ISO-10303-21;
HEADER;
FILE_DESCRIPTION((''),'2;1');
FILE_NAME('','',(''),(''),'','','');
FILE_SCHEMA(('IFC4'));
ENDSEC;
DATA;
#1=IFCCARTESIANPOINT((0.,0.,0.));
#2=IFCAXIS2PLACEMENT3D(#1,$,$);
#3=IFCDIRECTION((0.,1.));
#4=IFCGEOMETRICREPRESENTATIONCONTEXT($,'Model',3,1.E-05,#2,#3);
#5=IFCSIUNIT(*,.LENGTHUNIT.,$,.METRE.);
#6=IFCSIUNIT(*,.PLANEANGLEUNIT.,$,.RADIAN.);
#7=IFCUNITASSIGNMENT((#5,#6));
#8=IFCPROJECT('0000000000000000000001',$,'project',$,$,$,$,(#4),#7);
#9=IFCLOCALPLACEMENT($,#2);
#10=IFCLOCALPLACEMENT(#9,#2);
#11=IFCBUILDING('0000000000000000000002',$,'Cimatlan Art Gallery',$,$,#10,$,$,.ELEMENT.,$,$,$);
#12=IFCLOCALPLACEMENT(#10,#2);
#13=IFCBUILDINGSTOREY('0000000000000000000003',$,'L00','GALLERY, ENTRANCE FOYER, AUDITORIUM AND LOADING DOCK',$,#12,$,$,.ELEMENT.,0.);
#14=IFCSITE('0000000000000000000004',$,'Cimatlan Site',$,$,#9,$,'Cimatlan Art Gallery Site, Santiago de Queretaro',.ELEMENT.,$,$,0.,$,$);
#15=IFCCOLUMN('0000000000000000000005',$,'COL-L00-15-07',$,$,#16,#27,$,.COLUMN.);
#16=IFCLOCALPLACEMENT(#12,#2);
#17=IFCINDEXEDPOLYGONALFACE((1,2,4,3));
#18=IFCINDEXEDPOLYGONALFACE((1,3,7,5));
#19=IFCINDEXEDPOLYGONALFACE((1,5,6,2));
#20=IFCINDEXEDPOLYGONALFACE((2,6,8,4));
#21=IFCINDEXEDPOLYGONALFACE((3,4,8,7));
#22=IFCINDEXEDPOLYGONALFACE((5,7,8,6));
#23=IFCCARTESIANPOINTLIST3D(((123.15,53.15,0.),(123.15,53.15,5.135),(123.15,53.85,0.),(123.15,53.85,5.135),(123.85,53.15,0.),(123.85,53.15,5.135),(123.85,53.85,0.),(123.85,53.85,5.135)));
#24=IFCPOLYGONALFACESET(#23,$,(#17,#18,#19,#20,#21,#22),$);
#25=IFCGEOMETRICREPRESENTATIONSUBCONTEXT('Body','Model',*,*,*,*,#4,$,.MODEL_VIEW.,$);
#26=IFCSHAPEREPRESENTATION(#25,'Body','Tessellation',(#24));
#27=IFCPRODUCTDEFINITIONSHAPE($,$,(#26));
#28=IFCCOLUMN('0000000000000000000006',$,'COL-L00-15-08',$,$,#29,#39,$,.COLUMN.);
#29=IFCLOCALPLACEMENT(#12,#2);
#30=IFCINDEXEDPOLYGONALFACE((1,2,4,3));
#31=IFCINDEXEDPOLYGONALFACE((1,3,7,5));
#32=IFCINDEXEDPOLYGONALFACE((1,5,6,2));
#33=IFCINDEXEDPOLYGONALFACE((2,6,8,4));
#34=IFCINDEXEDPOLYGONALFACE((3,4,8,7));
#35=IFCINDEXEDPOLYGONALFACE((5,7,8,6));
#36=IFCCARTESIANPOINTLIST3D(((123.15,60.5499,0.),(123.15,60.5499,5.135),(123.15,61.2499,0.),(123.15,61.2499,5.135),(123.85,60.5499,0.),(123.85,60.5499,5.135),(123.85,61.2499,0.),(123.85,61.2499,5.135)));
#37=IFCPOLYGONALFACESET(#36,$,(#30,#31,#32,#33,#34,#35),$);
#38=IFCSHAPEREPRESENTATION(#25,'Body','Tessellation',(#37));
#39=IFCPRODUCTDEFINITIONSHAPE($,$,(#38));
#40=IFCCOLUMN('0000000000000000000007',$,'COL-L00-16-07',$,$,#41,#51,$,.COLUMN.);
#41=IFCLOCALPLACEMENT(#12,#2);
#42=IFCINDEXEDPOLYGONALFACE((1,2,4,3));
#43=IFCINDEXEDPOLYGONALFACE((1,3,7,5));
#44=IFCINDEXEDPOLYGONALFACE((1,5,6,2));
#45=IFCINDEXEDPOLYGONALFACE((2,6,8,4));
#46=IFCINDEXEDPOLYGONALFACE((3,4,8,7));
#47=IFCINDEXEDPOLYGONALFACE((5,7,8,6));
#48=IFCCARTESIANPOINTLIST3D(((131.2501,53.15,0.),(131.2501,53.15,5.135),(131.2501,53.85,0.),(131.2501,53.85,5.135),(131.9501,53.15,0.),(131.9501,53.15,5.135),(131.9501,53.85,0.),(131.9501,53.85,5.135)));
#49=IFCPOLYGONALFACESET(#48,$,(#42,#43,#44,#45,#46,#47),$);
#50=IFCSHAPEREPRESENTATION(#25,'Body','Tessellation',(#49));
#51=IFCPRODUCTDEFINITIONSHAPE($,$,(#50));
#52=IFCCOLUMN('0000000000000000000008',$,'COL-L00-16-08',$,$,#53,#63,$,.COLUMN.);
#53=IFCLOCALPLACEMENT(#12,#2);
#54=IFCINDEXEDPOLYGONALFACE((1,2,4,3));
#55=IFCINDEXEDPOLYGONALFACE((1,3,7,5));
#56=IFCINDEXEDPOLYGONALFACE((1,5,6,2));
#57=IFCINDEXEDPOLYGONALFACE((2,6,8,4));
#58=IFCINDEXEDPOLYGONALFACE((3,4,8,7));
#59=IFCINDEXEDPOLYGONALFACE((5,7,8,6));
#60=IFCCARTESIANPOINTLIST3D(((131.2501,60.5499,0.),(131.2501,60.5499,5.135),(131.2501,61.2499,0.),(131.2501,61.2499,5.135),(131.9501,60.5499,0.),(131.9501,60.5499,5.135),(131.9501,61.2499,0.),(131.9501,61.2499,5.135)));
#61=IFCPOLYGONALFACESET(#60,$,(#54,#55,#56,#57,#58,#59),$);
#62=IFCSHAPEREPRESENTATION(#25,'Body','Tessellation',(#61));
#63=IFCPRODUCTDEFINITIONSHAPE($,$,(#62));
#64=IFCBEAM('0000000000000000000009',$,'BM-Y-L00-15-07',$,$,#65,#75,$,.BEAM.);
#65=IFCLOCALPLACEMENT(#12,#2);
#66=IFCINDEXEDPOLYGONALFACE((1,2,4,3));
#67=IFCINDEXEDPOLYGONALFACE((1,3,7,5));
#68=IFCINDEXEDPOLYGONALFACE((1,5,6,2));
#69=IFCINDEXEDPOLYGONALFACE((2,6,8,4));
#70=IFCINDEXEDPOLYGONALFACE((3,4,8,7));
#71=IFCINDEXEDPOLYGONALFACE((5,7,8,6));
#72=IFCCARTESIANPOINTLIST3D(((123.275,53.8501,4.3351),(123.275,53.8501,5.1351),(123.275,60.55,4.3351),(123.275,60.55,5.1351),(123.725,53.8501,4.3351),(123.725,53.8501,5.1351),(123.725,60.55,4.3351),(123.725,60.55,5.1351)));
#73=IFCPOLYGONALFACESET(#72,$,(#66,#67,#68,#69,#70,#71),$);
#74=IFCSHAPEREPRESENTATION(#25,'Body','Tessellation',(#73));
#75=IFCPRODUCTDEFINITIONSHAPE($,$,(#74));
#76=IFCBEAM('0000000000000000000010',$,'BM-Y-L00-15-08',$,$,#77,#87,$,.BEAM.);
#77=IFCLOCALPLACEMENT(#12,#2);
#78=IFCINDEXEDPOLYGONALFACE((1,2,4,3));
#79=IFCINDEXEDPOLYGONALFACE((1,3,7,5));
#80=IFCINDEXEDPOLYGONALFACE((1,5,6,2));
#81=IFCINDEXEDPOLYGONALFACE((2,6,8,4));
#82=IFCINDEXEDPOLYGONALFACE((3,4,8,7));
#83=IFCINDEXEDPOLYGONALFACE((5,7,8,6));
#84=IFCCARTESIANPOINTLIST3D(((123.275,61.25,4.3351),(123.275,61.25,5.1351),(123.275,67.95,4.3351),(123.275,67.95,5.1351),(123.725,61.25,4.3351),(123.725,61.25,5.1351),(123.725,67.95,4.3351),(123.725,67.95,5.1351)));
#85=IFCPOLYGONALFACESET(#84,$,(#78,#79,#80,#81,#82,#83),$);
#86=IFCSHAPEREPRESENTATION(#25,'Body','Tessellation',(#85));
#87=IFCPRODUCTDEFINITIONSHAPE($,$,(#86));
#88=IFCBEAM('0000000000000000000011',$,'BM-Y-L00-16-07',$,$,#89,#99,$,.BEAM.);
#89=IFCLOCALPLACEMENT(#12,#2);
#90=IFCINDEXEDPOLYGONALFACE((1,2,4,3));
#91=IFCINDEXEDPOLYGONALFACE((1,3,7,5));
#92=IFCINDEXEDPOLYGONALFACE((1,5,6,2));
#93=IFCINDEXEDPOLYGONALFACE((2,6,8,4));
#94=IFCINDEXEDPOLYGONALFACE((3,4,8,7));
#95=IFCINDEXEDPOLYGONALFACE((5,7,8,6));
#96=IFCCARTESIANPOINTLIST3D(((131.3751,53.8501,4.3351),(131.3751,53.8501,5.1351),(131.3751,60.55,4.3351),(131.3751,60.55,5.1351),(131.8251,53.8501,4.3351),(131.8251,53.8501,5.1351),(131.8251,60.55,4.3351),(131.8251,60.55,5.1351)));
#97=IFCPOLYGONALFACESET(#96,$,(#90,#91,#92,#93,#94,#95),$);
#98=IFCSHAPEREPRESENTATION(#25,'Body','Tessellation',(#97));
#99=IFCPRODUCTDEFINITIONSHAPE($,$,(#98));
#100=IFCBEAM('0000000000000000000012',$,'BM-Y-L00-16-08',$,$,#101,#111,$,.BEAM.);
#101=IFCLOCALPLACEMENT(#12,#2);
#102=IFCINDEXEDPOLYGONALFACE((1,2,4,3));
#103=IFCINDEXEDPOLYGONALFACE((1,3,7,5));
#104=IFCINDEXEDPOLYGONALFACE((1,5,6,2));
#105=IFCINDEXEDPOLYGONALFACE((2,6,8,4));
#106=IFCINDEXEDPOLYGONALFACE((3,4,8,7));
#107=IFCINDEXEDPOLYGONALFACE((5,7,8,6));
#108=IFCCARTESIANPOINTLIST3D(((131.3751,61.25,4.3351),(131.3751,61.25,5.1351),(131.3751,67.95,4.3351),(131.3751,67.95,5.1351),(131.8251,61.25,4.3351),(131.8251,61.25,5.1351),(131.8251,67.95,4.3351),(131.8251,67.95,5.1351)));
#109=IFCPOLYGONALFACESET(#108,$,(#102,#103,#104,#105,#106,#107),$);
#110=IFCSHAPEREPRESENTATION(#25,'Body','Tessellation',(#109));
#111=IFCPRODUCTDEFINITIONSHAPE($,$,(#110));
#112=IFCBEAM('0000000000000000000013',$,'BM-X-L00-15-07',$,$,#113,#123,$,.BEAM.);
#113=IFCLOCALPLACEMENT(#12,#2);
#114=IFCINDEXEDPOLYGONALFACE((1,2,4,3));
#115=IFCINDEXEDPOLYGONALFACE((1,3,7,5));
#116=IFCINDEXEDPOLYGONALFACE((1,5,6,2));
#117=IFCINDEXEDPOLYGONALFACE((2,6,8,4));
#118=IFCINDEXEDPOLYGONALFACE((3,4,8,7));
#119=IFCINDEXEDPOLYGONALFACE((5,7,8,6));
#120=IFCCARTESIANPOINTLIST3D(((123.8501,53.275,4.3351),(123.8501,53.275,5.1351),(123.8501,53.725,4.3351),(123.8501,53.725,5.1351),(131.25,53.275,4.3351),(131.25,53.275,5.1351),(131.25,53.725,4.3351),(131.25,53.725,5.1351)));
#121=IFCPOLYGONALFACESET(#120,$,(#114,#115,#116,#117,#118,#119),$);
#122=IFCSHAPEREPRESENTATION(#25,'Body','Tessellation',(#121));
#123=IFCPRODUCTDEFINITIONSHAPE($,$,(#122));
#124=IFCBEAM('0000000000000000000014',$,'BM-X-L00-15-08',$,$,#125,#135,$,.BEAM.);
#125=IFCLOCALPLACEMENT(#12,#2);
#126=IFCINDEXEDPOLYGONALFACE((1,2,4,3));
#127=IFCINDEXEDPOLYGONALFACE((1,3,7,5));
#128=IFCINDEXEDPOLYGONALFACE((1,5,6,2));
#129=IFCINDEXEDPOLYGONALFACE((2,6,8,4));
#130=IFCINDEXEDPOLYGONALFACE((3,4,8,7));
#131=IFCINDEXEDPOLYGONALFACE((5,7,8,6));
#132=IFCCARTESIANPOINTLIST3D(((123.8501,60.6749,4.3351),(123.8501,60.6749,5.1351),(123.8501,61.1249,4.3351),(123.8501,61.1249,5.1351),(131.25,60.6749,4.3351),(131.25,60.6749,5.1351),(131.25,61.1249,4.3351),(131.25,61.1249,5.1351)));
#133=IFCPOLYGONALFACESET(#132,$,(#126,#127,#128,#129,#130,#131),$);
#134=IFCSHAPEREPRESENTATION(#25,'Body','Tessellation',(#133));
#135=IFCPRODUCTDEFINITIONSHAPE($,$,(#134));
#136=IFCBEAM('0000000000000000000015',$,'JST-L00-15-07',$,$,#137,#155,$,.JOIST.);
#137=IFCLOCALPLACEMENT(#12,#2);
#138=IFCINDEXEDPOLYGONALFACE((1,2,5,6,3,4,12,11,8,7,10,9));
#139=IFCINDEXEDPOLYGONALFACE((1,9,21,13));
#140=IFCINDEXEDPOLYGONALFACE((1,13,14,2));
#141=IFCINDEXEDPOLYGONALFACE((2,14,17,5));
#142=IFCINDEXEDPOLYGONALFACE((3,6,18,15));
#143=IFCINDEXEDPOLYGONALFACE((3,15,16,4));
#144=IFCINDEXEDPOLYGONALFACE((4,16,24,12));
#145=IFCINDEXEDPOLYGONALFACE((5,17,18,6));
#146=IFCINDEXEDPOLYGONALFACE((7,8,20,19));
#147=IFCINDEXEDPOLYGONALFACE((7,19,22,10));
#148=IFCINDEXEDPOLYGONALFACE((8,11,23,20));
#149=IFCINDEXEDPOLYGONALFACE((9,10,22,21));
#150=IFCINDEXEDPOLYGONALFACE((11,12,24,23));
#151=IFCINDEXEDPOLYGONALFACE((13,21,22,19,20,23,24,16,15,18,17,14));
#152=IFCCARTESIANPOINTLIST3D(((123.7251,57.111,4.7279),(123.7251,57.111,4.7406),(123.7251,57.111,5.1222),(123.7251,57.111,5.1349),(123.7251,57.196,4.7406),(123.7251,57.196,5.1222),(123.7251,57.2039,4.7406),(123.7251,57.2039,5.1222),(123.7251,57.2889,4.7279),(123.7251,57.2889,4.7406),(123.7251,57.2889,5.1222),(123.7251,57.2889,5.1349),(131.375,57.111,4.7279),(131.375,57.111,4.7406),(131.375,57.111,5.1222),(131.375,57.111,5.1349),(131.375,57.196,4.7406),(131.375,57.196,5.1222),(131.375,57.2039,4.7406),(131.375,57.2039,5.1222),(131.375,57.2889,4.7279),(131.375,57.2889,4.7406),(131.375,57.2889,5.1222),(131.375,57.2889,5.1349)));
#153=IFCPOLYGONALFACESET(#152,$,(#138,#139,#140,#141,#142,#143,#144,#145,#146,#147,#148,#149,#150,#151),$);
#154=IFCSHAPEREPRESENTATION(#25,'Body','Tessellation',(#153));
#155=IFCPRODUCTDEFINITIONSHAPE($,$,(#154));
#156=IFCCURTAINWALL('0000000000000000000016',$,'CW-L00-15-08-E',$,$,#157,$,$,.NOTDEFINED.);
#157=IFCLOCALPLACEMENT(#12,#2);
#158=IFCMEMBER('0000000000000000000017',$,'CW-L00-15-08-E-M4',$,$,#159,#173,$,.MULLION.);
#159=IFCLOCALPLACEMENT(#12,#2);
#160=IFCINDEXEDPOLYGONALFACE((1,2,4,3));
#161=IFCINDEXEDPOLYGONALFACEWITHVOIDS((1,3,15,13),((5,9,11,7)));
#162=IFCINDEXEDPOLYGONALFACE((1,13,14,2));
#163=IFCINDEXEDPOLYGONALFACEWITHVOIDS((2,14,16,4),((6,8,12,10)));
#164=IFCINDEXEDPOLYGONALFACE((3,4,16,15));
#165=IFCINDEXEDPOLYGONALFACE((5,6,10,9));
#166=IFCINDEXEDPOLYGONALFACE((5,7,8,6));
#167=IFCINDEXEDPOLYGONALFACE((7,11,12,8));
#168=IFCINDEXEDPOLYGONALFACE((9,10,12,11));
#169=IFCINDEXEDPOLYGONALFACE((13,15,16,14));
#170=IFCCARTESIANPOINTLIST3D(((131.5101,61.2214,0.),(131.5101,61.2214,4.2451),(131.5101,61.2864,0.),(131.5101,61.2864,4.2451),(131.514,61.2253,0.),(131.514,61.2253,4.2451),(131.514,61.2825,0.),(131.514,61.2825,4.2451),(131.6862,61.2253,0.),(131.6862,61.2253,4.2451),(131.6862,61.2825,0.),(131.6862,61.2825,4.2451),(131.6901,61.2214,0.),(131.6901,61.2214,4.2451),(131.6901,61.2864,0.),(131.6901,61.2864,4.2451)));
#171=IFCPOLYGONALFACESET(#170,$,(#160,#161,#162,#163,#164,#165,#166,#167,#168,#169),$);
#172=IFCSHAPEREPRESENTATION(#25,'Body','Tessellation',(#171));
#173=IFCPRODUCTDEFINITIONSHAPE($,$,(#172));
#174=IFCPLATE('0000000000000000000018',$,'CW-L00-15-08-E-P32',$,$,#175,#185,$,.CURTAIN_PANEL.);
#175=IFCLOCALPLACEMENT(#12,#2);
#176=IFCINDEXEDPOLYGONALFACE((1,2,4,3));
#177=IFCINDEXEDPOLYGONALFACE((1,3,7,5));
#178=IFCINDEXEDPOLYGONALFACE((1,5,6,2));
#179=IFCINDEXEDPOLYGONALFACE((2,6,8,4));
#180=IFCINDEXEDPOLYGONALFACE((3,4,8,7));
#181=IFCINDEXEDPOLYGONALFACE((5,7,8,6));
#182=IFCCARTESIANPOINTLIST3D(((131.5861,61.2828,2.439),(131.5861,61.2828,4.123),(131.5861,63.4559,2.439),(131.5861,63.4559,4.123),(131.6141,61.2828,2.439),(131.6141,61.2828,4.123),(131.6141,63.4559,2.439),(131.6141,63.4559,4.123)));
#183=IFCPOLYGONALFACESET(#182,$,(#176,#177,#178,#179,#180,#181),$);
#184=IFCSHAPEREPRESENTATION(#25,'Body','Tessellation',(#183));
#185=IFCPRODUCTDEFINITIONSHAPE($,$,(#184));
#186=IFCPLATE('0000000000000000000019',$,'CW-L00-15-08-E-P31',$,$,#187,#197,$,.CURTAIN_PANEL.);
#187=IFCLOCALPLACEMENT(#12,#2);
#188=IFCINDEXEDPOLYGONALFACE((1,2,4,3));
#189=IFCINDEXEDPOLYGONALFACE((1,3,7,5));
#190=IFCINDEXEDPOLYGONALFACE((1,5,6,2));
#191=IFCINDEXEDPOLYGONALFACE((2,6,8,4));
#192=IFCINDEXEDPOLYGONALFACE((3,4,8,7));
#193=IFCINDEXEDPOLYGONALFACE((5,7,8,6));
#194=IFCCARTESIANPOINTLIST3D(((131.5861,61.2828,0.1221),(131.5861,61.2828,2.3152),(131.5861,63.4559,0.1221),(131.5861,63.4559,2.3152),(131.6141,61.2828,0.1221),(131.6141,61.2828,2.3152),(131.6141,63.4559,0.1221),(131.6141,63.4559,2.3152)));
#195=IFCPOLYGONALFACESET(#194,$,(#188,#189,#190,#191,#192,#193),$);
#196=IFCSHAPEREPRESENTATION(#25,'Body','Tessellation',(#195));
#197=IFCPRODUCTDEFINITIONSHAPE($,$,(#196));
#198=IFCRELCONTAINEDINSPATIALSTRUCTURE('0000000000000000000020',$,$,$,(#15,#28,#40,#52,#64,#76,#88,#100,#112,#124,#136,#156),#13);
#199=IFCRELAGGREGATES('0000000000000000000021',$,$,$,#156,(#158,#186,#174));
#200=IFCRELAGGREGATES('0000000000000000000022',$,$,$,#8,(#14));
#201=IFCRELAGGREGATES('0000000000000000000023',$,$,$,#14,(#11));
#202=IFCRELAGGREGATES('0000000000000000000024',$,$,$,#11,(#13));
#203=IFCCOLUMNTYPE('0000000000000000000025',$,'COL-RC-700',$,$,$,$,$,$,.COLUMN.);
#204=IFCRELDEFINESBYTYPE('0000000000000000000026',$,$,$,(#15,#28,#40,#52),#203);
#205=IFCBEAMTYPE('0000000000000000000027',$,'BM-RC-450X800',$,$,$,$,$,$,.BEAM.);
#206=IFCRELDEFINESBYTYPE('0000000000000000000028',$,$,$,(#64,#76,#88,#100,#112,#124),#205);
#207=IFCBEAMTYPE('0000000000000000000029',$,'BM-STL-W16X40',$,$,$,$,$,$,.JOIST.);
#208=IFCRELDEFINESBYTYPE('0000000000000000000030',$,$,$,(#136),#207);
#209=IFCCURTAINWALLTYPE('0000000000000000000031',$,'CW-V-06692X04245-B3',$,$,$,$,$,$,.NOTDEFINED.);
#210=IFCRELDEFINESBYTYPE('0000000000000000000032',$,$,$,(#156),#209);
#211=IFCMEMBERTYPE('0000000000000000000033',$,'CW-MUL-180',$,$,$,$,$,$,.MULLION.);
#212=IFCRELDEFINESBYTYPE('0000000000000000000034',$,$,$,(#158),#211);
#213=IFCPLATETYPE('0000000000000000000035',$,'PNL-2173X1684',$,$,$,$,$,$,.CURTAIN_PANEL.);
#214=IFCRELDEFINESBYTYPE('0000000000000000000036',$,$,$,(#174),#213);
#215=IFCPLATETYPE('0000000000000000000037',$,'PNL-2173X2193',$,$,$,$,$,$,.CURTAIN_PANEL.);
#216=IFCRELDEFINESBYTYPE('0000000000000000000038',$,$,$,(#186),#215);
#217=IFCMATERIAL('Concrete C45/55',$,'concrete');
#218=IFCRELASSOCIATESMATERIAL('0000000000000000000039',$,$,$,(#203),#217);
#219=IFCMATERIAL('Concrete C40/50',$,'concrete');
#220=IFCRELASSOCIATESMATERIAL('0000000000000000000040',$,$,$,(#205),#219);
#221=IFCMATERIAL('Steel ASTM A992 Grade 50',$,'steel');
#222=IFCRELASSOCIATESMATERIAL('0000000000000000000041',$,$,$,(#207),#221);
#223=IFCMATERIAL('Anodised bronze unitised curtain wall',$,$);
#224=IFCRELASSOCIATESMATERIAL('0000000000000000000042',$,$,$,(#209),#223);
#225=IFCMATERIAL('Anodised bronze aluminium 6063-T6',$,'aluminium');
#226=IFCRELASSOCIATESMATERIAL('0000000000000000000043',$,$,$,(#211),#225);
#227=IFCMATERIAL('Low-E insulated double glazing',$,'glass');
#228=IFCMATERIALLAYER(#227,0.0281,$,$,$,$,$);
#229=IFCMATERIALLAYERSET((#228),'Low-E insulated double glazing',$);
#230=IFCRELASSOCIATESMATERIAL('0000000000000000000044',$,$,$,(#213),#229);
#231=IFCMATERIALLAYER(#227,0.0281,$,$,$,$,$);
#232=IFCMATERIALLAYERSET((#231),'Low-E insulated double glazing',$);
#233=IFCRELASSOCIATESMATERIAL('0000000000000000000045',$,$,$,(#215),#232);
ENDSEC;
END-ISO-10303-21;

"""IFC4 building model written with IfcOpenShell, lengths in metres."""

from ifc_helpers import new_model, si_unit, direction, frame, origin, origin_2d, place, context, subcontext, project, spatial, rectangle, hollow_rectangle, i_section, extrude, material, layer, layer_set, material_profile, profile_set, type_object, element, aggregate, save


model = new_model("IFC4")

# Units and contexts
model_context = context("Model", 3, precision=1e-05, world=origin(), true_north=direction((0.0, 1.0)))
body_context = subcontext(model_context, "Body", "Model", "MODEL_VIEW")
ifc_project = project(units=[si_unit("LENGTHUNIT", "METRE"), si_unit("PLANEANGLEUNIT", "RADIAN")], contexts=[model_context])

# Site, building, storey
site_placement = place(None, origin())
site = spatial("IfcSite", under=ifc_project, at=site_placement, Name="Cimatlan Site", LongName="Cimatlan Art Gallery Site, Santiago de Queretaro", CompositionType="ELEMENT", RefElevation=0.0)
building_placement = place(site_placement, origin())
building = spatial("IfcBuilding", under=site, at=building_placement, Name="Cimatlan Art Gallery", CompositionType="ELEMENT")
storey_placement = place(building_placement, origin())
storey = spatial("IfcBuildingStorey", under=building, at=storey_placement, Name="L00", Description="GALLERY, ENTRANCE FOYER, AUDITORIUM AND LOADING DOCK", CompositionType="ELEMENT", Elevation=0.0)

# Columns
ifc_material_1 = material(Name="Concrete C45/55", Category="concrete")
ifc_material_profile_1 = material_profile(ifc_material_1, rectangle(XDim=0.7, YDim=0.7, at=origin_2d()), Name="RC700X700")
ifc_profile_set_1 = profile_set([ifc_material_profile_1], Name="Concrete C45/55")
column_type = type_object("IfcColumnType", Name="COL-RC-700", PredefinedType="COLUMN", material=ifc_profile_set_1)
for number, where, z_axis, x_axis, name in (
    (1, (123.5, 53.5, 0.0), (0.0, 0.0, 1.0), (1.0, 0.0, 0.0), "COL-L00-15-07"),
    (2, (123.5, 60.8999, 0.0), (0.0, 0.0, 1.0), (1.0, 0.0, 0.0), "COL-L00-15-08"),
    (3, (131.6001, 53.5, 0.0), (0.0, 0.0, 1.0), (1.0, 0.0, 0.0), "COL-L00-16-07"),
    (4, (131.6001, 60.8999, 0.0), (0.0, 0.0, 1.0), (1.0, 0.0, 0.0), "COL-L00-16-08"),
):
    element("IfcColumn", number, at=place(storey_placement, frame(where, z_axis=z_axis, x_axis=x_axis)), inside=storey, type_object=column_type, Name=name, PredefinedType="COLUMN", context=body_context, shape_type="SweptSolid", body=[
        extrude(rectangle(XDim=0.7, YDim=0.7, at=origin_2d()), origin(), (0.0, 0.0, 1.0), 5.135),
    ])

# Beams
ifc_material_2 = material(Name="Concrete C40/50", Category="concrete")
ifc_material_profile_2 = material_profile(ifc_material_2, rectangle(XDim=0.45, YDim=0.8, at=origin_2d()), Name="RC450X800")
ifc_profile_set_2 = profile_set([ifc_material_profile_2], Name="Concrete C40/50")
beam_type_1 = type_object("IfcBeamType", Name="BM-RC-450X800", PredefinedType="BEAM", material=ifc_profile_set_2)
for number, where, z_axis, x_axis, name in (
    (5, (123.5, 53.8501, 4.7351), (0.0, 1.0, 0.0), (-1.0, 0.0, 0.0), "BM-Y-L00-15-07"),
    (6, (123.5, 61.25, 4.7351), (0.0, 1.0, 0.0), (-1.0, 0.0, 0.0), "BM-Y-L00-15-08"),
    (7, (131.6001, 53.8501, 4.7351), (0.0, 1.0, 0.0), (-1.0, 0.0, 0.0), "BM-Y-L00-16-07"),
    (8, (131.6001, 61.25, 4.7351), (0.0, 1.0, 0.0), (-1.0, 0.0, 0.0), "BM-Y-L00-16-08"),
):
    element("IfcBeam", number, at=place(storey_placement, frame(where, z_axis=z_axis, x_axis=x_axis)), inside=storey, type_object=beam_type_1, Name=name, PredefinedType="BEAM", context=body_context, shape_type="SweptSolid", body=[
        extrude(rectangle(XDim=0.45, YDim=0.8, at=origin_2d()), origin(), (0.0, 0.0, 1.0), 6.7),
    ])
for number, where, z_axis, x_axis, name in (
    (9, (123.8501, 53.5, 4.7351), (1.0, 0.0, 0.0), (0.0, 1.0, 0.0), "BM-X-L00-15-07"),
    (10, (123.8501, 60.8999, 4.7351), (1.0, 0.0, 0.0), (0.0, 1.0, 0.0), "BM-X-L00-15-08"),
):
    element("IfcBeam", number, at=place(storey_placement, frame(where, z_axis=z_axis, x_axis=x_axis)), inside=storey, type_object=beam_type_1, Name=name, PredefinedType="BEAM", context=body_context, shape_type="SweptSolid", body=[
        extrude(rectangle(XDim=0.45, YDim=0.8, at=origin_2d()), origin(), (0.0, 0.0, 1.0), 7.3999),
    ])
ifc_material_3 = material(Name="Steel ASTM A992 Grade 50", Category="steel")
ifc_material_profile_3 = material_profile(ifc_material_3, i_section(OverallWidth=0.178, OverallDepth=0.407, WebThickness=0.0078, FlangeThickness=0.0127, at=origin_2d()), Name="W16X40")
ifc_profile_set_3 = profile_set([ifc_material_profile_3], Name="Steel ASTM A992 Grade 50")
beam_type_2 = type_object("IfcBeamType", Name="BM-STL-W16X40", PredefinedType="JOIST", material=ifc_profile_set_3)
beam_placement = place(storey_placement, frame((123.7251, 57.2, 4.9314), z_axis=(1.0, 0.0, 0.0), x_axis=(0.0, 1.0, 0.0)))
element("IfcBeam", 11, at=beam_placement, inside=storey, type_object=beam_type_2, Name="JST-L00-15-07", PredefinedType="JOIST", context=body_context, shape_type="SweptSolid", body=[
    extrude(i_section(OverallWidth=0.178, OverallDepth=0.407, WebThickness=0.0078, FlangeThickness=0.0127, at=origin_2d()), origin(), (0.0, 0.0, 1.0), 7.6499),
])

# Curtain wall, member, plates
ifc_material_4 = material(Name="Anodised bronze unitised curtain wall")
curtain_wall_type = type_object("IfcCurtainWallType", Name="CW-V-06692X04245-B3", PredefinedType="NOTDEFINED", material=ifc_material_4)
curtain_wall_placement = place(storey_placement, origin())
curtain_wall = element("IfcCurtainWall", 12, at=curtain_wall_placement, inside=storey, type_object=curtain_wall_type, Name="CW-L00-15-08-E", PredefinedType="NOTDEFINED")
ifc_material_5 = material(Name="Anodised bronze aluminium 6063-T6", Category="aluminium")
ifc_material_profile_4 = material_profile(ifc_material_5, hollow_rectangle(XDim=0.0649, YDim=0.1799, WallThickness=0.0039, at=origin_2d()), Name="ALU65X180X4")
ifc_profile_set_4 = profile_set([ifc_material_profile_4], Name="Anodised bronze aluminium 6063-T6")
member_type = type_object("IfcMemberType", Name="CW-MUL-180", PredefinedType="MULLION", material=ifc_profile_set_4)
member_placement = place(storey_placement, frame((131.6001, 61.2539, 0.0), z_axis=(0.0, 0.0, 1.0), x_axis=(0.0, 1.0, 0.0)))
member = element("IfcMember", 13, at=member_placement, type_object=member_type, Name="CW-L00-15-08-E-M4", PredefinedType="MULLION", context=body_context, shape_type="SweptSolid", body=[
    extrude(hollow_rectangle(XDim=0.0649, YDim=0.1799, WallThickness=0.0039, at=origin_2d()), origin(), (0.0, 0.0, 1.0), 4.2451),
])
ifc_material_6 = material(Name="Low-E insulated double glazing", Category="glass")
ifc_layer_1 = layer(ifc_material_6, 0.0281)
ifc_layer_set_1 = layer_set([ifc_layer_1], Name="Low-E insulated double glazing")
plate_type_1 = type_object("IfcPlateType", Name="PNL-2173X1684", PredefinedType="CURTAIN_PANEL", material=ifc_layer_set_1)
plate_1_placement = place(storey_placement, frame((131.6001, 62.3694, 2.439), z_axis=(0.0, 0.0, 1.0), x_axis=(0.0, -1.0, 0.0)))
plate_1 = element("IfcPlate", 14, at=plate_1_placement, type_object=plate_type_1, Name="CW-L00-15-08-E-P32", PredefinedType="CURTAIN_PANEL", context=body_context, shape_type="SweptSolid", body=[
    extrude(rectangle(XDim=2.1731, YDim=0.0281, at=origin_2d()), origin(), (0.0, 0.0, 1.0), 1.6841),
])
ifc_layer_2 = layer(ifc_material_6, 0.0281)
ifc_layer_set_2 = layer_set([ifc_layer_2], Name="Low-E insulated double glazing")
plate_type_2 = type_object("IfcPlateType", Name="PNL-2173X2193", PredefinedType="CURTAIN_PANEL", material=ifc_layer_set_2)
plate_2_placement = place(storey_placement, frame((131.6001, 62.3694, 0.1221), z_axis=(0.0, 0.0, 1.0), x_axis=(0.0, -1.0, 0.0)))
plate_2 = element("IfcPlate", 15, at=plate_2_placement, type_object=plate_type_2, Name="CW-L00-15-08-E-P31", PredefinedType="CURTAIN_PANEL", context=body_context, shape_type="SweptSolid", body=[
    extrude(rectangle(XDim=2.1731, YDim=0.0281, at=origin_2d()), origin(), (0.0, 0.0, 1.0), 2.1931),
])
aggregate(curtain_wall, [member, plate_2, plate_1])

save(model, "model.ifc")
